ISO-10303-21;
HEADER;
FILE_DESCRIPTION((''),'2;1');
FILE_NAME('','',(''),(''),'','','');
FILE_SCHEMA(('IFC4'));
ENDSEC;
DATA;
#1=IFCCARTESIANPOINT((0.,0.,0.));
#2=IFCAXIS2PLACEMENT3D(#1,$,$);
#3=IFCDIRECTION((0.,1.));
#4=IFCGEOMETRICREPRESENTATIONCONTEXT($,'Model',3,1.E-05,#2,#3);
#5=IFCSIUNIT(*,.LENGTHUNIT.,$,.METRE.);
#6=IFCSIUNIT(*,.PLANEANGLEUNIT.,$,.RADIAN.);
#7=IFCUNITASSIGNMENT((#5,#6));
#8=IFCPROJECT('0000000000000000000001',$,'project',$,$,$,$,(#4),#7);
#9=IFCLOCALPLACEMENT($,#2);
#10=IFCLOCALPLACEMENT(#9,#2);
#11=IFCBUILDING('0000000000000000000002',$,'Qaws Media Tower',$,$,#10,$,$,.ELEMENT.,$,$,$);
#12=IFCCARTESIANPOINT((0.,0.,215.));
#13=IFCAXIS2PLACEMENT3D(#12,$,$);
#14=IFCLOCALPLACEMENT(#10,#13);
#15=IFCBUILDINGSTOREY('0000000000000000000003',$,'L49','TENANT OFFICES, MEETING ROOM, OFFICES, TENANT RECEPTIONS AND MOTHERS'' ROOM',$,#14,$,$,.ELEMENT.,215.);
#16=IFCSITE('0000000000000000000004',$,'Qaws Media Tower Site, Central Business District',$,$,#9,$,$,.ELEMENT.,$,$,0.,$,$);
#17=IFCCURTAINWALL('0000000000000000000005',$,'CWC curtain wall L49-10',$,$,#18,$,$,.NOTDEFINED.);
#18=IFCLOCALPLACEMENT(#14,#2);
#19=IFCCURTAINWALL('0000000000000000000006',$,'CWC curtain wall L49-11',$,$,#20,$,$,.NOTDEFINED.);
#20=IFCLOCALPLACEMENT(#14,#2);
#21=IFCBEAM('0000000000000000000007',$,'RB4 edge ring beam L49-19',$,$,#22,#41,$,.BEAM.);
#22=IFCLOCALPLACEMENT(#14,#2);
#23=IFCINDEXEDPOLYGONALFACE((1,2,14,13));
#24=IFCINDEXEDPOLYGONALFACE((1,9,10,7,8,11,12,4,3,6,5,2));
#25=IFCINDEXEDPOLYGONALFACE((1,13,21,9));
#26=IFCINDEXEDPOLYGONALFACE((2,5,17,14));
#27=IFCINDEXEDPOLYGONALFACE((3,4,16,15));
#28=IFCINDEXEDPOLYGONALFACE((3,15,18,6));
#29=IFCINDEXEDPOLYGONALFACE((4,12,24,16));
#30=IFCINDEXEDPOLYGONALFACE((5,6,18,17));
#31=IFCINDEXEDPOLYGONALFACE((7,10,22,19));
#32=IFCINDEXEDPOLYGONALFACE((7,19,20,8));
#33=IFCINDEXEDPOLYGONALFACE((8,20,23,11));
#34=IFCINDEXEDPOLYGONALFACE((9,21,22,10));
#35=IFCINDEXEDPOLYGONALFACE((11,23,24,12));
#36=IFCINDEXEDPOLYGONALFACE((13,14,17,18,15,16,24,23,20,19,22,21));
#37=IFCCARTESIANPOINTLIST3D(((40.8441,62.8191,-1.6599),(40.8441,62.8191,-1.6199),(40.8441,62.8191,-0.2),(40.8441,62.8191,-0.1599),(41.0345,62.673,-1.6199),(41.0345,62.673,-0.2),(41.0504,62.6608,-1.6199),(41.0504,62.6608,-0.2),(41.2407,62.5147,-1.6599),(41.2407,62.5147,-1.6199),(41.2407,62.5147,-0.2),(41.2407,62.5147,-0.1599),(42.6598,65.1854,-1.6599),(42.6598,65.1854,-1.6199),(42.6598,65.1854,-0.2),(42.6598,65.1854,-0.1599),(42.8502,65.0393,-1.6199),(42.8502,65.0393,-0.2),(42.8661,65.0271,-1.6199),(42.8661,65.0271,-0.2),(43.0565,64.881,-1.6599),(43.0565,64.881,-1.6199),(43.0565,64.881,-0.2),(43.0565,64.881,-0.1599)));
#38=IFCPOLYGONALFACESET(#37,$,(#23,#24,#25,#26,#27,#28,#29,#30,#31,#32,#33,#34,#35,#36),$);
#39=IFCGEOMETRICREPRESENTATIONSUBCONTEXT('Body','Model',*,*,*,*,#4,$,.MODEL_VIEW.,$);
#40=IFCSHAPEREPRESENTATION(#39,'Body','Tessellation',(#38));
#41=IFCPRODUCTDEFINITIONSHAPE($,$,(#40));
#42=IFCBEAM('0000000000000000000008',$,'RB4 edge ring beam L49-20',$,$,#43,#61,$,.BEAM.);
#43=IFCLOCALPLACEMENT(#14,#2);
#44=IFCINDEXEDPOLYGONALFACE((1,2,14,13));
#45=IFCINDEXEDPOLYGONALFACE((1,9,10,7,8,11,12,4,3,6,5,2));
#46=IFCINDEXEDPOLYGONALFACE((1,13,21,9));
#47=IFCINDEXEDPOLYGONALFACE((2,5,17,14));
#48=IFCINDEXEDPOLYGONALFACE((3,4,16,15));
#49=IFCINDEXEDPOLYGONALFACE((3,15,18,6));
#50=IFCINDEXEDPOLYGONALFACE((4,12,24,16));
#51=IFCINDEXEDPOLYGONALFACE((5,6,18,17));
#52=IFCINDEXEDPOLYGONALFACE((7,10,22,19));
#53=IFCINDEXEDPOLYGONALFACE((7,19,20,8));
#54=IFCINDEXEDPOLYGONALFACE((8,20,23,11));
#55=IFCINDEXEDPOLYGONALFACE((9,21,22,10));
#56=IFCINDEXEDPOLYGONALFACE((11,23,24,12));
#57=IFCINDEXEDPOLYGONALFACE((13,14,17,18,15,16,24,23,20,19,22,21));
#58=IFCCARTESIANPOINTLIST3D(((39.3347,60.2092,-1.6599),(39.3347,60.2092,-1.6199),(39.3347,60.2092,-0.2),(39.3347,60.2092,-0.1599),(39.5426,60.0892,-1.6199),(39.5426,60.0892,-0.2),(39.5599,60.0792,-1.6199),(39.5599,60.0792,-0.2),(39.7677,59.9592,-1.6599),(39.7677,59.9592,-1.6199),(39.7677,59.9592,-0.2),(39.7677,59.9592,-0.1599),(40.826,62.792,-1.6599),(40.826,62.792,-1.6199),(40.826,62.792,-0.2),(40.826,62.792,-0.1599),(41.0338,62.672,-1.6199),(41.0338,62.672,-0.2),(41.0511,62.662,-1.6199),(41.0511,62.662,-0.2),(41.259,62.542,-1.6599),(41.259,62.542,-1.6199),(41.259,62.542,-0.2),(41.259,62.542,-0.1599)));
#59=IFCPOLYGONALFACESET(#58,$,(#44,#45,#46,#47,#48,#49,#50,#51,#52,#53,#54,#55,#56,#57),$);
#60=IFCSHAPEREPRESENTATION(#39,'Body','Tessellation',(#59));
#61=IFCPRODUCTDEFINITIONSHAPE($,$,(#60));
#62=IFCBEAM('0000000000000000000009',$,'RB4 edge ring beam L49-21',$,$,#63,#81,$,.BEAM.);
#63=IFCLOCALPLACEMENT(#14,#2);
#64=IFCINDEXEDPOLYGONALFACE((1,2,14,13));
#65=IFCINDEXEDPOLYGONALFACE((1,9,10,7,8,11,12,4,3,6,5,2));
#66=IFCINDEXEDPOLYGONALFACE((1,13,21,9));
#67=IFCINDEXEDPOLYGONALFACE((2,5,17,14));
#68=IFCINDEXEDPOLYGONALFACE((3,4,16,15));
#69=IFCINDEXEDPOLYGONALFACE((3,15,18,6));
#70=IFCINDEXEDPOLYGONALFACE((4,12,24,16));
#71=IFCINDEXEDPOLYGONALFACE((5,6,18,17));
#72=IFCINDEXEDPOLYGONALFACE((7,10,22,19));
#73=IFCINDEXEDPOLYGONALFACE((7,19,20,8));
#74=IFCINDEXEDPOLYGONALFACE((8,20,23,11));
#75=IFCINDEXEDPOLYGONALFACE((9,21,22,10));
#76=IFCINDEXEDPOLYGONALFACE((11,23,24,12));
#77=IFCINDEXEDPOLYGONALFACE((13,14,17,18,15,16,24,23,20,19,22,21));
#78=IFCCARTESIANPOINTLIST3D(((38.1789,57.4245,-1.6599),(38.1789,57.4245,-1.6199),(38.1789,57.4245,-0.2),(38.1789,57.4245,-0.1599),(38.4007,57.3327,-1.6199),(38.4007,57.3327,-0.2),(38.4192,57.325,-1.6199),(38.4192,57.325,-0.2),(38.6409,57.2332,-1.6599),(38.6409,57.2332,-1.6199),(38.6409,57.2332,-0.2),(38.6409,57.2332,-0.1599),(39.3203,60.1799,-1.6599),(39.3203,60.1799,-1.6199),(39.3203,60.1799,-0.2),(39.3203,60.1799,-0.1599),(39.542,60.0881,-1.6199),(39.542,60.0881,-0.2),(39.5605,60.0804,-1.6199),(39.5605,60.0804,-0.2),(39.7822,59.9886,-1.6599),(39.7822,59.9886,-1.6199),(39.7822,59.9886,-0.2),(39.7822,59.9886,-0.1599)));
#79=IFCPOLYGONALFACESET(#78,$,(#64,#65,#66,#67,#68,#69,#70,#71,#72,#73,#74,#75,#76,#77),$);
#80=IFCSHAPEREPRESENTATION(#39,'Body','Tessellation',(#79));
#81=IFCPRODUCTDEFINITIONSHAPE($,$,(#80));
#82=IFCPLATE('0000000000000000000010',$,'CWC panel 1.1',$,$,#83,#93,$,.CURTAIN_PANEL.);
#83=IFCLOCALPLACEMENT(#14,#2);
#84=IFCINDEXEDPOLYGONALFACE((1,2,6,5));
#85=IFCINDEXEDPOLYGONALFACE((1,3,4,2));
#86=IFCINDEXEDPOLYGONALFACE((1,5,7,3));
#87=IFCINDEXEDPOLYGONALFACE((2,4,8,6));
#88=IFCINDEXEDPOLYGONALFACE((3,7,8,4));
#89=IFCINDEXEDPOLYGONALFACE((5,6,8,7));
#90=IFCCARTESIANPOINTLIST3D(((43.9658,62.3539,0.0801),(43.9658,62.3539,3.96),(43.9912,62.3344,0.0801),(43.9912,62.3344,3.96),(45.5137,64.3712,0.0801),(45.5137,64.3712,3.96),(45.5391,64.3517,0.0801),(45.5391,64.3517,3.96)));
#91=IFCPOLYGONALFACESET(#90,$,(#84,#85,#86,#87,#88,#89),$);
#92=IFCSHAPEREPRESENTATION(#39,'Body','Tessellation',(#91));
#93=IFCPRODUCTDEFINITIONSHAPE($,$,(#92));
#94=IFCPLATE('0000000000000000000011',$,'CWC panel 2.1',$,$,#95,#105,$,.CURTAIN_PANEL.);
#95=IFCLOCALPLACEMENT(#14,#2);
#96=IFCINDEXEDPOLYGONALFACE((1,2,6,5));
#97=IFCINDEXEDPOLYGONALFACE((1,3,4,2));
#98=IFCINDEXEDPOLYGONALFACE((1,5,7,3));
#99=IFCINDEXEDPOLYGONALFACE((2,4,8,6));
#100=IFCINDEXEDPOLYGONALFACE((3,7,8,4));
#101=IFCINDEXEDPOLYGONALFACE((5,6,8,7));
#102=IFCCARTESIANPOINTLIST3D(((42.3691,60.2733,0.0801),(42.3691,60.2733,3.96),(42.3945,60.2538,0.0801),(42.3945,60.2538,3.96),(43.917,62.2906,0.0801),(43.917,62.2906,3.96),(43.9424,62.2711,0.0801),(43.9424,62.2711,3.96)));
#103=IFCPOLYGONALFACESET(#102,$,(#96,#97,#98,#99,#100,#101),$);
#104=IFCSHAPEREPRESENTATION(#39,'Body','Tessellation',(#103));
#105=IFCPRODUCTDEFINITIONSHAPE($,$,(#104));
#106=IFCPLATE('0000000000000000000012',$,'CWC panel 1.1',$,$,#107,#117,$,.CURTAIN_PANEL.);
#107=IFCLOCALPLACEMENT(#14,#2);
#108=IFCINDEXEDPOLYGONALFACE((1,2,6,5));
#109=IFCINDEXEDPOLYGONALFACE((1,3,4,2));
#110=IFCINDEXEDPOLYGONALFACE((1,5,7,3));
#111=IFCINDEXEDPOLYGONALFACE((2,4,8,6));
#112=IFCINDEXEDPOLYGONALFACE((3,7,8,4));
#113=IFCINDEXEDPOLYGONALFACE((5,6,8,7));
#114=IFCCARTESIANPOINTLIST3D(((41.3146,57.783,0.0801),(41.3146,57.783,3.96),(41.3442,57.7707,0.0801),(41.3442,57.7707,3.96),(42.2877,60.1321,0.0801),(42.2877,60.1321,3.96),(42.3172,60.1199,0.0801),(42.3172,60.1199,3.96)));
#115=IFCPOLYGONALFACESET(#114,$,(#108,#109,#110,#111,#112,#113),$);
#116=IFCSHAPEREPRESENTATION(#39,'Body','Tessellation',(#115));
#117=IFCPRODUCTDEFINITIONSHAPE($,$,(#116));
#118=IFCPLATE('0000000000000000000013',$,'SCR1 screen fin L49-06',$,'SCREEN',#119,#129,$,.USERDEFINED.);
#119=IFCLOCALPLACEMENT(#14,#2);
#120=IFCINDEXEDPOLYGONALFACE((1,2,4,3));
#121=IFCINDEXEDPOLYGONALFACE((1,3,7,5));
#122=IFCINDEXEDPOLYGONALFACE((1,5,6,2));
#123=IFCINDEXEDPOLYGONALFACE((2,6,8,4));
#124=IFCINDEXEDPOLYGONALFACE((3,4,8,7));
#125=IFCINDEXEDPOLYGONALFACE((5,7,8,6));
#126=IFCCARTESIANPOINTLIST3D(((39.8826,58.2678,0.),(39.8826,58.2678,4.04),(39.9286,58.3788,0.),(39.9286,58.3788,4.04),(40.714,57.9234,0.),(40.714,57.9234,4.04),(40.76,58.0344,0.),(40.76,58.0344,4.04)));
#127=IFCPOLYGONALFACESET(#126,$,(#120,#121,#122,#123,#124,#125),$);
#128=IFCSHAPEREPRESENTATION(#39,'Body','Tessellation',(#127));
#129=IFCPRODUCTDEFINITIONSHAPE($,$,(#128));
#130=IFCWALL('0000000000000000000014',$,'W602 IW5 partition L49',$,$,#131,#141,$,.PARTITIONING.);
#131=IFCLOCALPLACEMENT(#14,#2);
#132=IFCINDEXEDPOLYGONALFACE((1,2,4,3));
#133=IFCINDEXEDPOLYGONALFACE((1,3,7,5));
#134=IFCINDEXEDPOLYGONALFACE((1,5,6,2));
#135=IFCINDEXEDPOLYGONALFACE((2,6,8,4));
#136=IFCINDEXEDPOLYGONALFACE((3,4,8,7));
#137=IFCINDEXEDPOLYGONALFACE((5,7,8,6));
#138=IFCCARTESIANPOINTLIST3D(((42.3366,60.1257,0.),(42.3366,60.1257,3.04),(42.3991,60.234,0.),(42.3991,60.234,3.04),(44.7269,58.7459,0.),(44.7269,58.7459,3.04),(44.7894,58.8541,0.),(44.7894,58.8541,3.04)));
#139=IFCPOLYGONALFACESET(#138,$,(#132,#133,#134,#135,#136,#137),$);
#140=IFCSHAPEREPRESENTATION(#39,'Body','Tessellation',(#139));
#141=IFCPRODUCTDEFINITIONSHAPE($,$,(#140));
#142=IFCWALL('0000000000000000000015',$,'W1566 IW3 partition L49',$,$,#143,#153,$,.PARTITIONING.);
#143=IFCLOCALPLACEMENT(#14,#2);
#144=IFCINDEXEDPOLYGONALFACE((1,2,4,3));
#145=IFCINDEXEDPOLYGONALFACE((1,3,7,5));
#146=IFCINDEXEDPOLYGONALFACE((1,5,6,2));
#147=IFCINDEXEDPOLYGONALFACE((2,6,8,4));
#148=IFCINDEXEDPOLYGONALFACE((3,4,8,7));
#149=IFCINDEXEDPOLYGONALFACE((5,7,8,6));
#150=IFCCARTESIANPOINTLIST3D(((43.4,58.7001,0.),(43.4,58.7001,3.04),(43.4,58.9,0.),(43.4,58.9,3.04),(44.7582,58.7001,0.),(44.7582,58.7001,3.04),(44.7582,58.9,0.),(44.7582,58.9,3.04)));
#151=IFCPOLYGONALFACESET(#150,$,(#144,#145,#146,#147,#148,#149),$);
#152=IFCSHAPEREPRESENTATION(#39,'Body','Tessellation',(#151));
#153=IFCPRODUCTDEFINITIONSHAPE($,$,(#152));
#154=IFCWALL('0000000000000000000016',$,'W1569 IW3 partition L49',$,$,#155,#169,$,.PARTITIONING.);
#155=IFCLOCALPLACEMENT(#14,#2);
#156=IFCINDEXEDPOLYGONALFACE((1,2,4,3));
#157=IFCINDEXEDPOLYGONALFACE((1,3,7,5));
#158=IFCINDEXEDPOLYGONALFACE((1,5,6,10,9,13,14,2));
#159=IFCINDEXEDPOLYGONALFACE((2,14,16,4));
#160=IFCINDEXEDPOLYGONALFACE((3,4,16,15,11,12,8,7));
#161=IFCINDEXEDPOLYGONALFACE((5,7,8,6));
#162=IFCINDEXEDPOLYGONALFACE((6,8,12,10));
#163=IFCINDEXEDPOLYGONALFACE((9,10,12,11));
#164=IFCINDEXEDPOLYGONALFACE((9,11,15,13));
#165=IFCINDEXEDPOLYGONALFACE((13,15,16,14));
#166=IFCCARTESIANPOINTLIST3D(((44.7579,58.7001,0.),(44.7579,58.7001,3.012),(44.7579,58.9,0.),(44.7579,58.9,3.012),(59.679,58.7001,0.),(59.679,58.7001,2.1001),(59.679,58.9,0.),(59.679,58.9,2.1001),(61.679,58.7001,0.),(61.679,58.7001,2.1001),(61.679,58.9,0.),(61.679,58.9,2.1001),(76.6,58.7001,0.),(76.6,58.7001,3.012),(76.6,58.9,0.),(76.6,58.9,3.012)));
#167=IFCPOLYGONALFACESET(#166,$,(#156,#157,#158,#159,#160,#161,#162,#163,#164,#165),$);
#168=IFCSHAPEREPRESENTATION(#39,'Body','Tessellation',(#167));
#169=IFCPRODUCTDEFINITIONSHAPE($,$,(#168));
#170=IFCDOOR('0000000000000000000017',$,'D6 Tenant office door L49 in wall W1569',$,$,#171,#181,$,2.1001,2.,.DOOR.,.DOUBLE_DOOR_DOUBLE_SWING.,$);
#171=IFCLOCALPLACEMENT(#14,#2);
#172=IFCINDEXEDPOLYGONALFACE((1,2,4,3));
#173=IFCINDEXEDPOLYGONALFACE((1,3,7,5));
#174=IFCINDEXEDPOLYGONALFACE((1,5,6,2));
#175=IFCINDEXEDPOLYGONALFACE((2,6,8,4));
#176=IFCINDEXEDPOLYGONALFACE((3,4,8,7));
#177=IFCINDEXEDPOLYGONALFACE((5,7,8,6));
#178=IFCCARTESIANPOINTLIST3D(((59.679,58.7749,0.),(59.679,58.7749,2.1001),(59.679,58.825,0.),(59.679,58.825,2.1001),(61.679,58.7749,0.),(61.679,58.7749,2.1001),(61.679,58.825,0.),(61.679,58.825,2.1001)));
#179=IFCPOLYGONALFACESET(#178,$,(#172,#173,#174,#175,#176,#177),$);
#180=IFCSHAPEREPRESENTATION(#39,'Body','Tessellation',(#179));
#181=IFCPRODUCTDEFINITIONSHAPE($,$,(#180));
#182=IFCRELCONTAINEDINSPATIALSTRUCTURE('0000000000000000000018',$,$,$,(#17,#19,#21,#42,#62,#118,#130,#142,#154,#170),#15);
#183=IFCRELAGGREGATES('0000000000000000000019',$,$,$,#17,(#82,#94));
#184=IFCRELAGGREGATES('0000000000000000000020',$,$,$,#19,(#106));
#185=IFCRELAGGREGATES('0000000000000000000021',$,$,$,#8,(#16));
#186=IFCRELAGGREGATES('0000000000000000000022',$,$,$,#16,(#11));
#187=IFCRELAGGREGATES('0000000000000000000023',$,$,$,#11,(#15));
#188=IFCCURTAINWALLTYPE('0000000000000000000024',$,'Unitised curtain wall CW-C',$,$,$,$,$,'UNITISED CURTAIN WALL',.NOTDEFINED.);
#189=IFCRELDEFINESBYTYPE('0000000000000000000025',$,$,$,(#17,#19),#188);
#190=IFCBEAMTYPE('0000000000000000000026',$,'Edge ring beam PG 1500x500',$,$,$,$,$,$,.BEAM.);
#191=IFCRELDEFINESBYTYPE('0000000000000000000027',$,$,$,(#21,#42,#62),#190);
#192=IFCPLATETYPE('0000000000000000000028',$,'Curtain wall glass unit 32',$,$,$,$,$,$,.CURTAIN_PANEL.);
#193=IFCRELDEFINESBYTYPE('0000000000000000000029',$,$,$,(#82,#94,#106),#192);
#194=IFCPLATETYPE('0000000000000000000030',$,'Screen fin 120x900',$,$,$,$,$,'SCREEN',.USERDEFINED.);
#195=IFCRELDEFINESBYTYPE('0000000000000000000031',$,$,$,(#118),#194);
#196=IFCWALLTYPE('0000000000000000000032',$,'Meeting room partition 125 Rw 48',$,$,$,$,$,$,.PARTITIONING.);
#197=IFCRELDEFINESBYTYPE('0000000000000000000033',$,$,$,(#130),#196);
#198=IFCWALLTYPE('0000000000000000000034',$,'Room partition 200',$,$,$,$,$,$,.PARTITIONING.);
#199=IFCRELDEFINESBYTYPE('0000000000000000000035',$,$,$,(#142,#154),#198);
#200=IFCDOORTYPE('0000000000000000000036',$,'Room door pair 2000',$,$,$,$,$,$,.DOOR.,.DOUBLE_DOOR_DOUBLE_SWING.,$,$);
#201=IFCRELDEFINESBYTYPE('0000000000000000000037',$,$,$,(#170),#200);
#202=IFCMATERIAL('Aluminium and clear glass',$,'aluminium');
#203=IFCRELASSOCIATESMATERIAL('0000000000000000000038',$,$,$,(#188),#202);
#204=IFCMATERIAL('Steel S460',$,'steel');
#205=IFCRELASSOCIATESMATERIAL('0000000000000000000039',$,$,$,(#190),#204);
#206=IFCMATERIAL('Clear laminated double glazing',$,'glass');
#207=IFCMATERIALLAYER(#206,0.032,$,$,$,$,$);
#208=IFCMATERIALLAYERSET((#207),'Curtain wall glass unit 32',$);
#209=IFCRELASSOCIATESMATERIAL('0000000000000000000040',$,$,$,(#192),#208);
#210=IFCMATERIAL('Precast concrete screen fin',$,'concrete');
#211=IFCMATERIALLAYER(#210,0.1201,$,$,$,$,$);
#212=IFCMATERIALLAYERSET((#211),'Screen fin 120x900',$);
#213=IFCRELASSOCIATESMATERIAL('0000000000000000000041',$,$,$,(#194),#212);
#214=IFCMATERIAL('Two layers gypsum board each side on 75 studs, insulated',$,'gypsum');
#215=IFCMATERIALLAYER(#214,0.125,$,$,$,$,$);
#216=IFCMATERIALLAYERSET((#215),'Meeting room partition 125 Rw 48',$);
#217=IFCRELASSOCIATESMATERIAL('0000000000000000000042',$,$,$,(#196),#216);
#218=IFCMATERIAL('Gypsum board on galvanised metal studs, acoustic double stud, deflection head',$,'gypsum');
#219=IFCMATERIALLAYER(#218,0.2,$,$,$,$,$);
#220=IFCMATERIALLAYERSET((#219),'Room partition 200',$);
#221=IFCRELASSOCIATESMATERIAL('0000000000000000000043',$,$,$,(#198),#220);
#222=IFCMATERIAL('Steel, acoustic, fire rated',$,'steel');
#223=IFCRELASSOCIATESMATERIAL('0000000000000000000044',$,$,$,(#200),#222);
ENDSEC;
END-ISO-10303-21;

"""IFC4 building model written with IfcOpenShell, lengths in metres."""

from ifc_helpers import new_model, si_unit, direction, frame, frame_2d, origin, origin_2d, place, context, subcontext, project, spatial, rectangle, i_section, extrude, material, layer, layer_set, material_profile, profile_set, type_object, element, fill, aggregate, save


model = new_model("IFC4")

# Units and contexts
model_context = context("Model", 3, precision=1e-05, world=origin(), true_north=direction((0.0, 1.0)))
body_context = subcontext(model_context, "Body", "Model", "MODEL_VIEW")
ifc_project = project(units=[si_unit("LENGTHUNIT", "METRE"), si_unit("PLANEANGLEUNIT", "RADIAN")], contexts=[model_context])

# Site, building, storey
site_placement = place(None, origin())
site = spatial("IfcSite", under=ifc_project, at=site_placement, Name="Qaws Media Tower Site, Central Business District", CompositionType="ELEMENT", RefElevation=0.0)
building_placement = place(site_placement, origin())
building = spatial("IfcBuilding", under=site, at=building_placement, Name="Qaws Media Tower", CompositionType="ELEMENT")
storey_placement = place(building_placement, frame((0.0, 0.0, 215.0)))
storey = spatial("IfcBuildingStorey", under=building, at=storey_placement, Name="L49", Description="TENANT OFFICES, MEETING ROOM, OFFICES, TENANT RECEPTIONS AND MOTHERS' ROOM", CompositionType="ELEMENT", Elevation=215.0)

# Shared definitions
ifc_material_1 = material(Name="Aluminium and clear glass", Category="aluminium")
curtain_wall_type = type_object("IfcCurtainWallType", Name="Unitised curtain wall CW-C", ElementType="UNITISED CURTAIN WALL", PredefinedType="NOTDEFINED", material=ifc_material_1)

# Curtain walls
curtain_wall_1_placement = place(storey_placement, origin())
curtain_wall_1 = element("IfcCurtainWall", 1, at=curtain_wall_1_placement, inside=storey, type_object=curtain_wall_type, Name="CWC curtain wall L49-10", PredefinedType="NOTDEFINED")
curtain_wall_2_placement = place(storey_placement, origin())
curtain_wall_2 = element("IfcCurtainWall", 2, at=curtain_wall_2_placement, inside=storey, type_object=curtain_wall_type, Name="CWC curtain wall L49-11", PredefinedType="NOTDEFINED")

# Beams
ifc_material_2 = material(Name="Steel S460", Category="steel")
ifc_material_profile_1 = material_profile(ifc_material_2, i_section(OverallWidth=0.5, OverallDepth=1.5, WebThickness=0.02, FlangeThickness=0.04, at=origin_2d()), Name="PG 1500x500")
ifc_profile_set_1 = profile_set([ifc_material_profile_1], Name="Steel S460")
beam_type = type_object("IfcBeamType", Name="Edge ring beam PG 1500x500", PredefinedType="BEAM", material=ifc_profile_set_1)
beam_1_placement = place(storey_placement, frame((42.8582, 65.0332, -0.9099), z_axis=(-0.608765, -0.793351, 0.0), x_axis=(0.793351, -0.608765, 0.0)))
element("IfcBeam", 3, at=beam_1_placement, inside=storey, type_object=beam_type, Name="RB4 edge ring beam L49-19", PredefinedType="BEAM", context=body_context, shape_type="SweptSolid", body=[
    extrude(i_section(OverallWidth=0.5, OverallDepth=1.5, WebThickness=0.02, FlangeThickness=0.04, at=origin_2d()), origin(), (0.0, 0.0, 1.0), 2.9827),
])
for number, where, z_axis, x_axis, name in (
    (4, (41.0425, 62.667, -0.9099), (-0.500013, -0.866018, 0.0), (0.866018, -0.500013, 0.0), "RB4 edge ring beam L49-20"),
    (5, (39.5513, 60.0842, -0.9099), (-0.382696, -0.923874, 0.0), (0.923874, -0.382696, 0.0), "RB4 edge ring beam L49-21"),
):
    element("IfcBeam", number, at=place(storey_placement, frame(where, z_axis=z_axis, x_axis=x_axis)), inside=storey, type_object=beam_type, Name=name, PredefinedType="BEAM", context=body_context, shape_type="SweptSolid", body=[
        extrude(i_section(OverallWidth=0.5, OverallDepth=1.5, WebThickness=0.02, FlangeThickness=0.04, at=origin_2d()), origin(), (0.0, 0.0, 1.0), 2.9824),
    ])

# Plates
ifc_material_3 = material(Name="Clear laminated double glazing", Category="glass")
ifc_layer_1 = layer(ifc_material_3, 0.032)
ifc_layer_set_1 = layer_set([ifc_layer_1], Name="Curtain wall glass unit 32")
plate_type_1 = type_object("IfcPlateType", Name="Curtain wall glass unit 32", PredefinedType="CURTAIN_PANEL", material=ifc_layer_set_1)
plate_1_placement = place(storey_placement, frame((44.7524, 63.3528, 0.0801), z_axis=(0.0, 0.0, 1.0), x_axis=(-0.608761, -0.793353, 0.0)))
plate_1 = element("IfcPlate", 6, at=plate_1_placement, type_object=plate_type_1, Name="CWC panel 1.1", PredefinedType="CURTAIN_PANEL", context=body_context, shape_type="SweptSolid", body=[
    extrude(rectangle(XDim=2.5427, YDim=0.032, at=origin_2d()), origin(), (0.0, 0.0, 1.0), 3.8799),
])
plate_2_placement = place(storey_placement, frame((43.1558, 61.2722, 0.0801), z_axis=(0.0, 0.0, 1.0), x_axis=(-0.608761, -0.793353, 0.0)))
plate_2 = element("IfcPlate", 7, at=plate_2_placement, type_object=plate_type_1, Name="CWC panel 2.1", PredefinedType="CURTAIN_PANEL", context=body_context, shape_type="SweptSolid", body=[
    extrude(rectangle(XDim=2.5427, YDim=0.032, at=origin_2d()), origin(), (0.0, 0.0, 1.0), 3.8799),
])
aggregate(curtain_wall_1, [plate_1, plate_2])
plate_3_placement = place(storey_placement, frame((41.8159, 58.9514, 0.0801), z_axis=(0.0, 0.0, 1.0), x_axis=(-0.382684, -0.923879, 0.0)))
plate_3 = element("IfcPlate", 8, at=plate_3_placement, type_object=plate_type_1, Name="CWC panel 1.1", PredefinedType="CURTAIN_PANEL", context=body_context, shape_type="SweptSolid", body=[
    extrude(rectangle(XDim=2.5427, YDim=0.032, at=origin_2d()), origin(), (0.0, 0.0, 1.0), 3.8799),
])
aggregate(curtain_wall_2, [plate_3])
ifc_material_4 = material(Name="Precast concrete screen fin", Category="concrete")
ifc_layer_2 = layer(ifc_material_4, 0.1201)
ifc_layer_set_2 = layer_set([ifc_layer_2], Name="Screen fin 120x900")
plate_type_2 = type_object("IfcPlateType", Name="Screen fin 120x900", ElementType="SCREEN", PredefinedType="USERDEFINED", material=ifc_layer_set_2)
plate_4_placement = place(storey_placement, frame((40.3213, 58.1511, 0.0), z_axis=(0.0, 0.0, 1.0), x_axis=(-0.92388, 0.382683, 0.0)))
element("IfcPlate", 9, at=plate_4_placement, inside=storey, type_object=plate_type_2, Name="SCR1 screen fin L49-06", ObjectType="SCREEN", PredefinedType="USERDEFINED", context=body_context, shape_type="SweptSolid", body=[
    extrude(rectangle(XDim=0.8999, YDim=0.1201, at=origin_2d()), origin(), (0.0, 0.0, 1.0), 4.04),
])

# Walls
ifc_material_5 = material(Name="Two layers gypsum board each side on 75 studs, insulated", Category="gypsum")
ifc_layer_3 = layer(ifc_material_5, 0.125)
ifc_layer_set_3 = layer_set([ifc_layer_3], Name="Meeting room partition 125 Rw 48")
wall_type_1 = type_object("IfcWallType", Name="Meeting room partition 125 Rw 48", PredefinedType="PARTITIONING", material=ifc_layer_set_3)
wall_1_placement = place(storey_placement, frame((44.7581, 58.8, 0.0), z_axis=(0.0, 0.0, 1.0), x_axis=(-0.866057, 0.499945, 0.0)))
element("IfcWall", 10, at=wall_1_placement, inside=storey, type_object=wall_type_1, Name="W602 IW5 partition L49", PredefinedType="PARTITIONING", context=body_context, shape_type="SweptSolid", body=[
    extrude(rectangle(XDim=2.76, YDim=0.125, at=frame_2d((1.3799, 0.0))), origin(), (0.0, 0.0, 1.0), 3.04),
])
ifc_material_6 = material(Name="Gypsum board on galvanised metal studs, acoustic double stud, deflection head", Category="gypsum")
ifc_layer_4 = layer(ifc_material_6, 0.2)
ifc_layer_set_4 = layer_set([ifc_layer_4], Name="Room partition 200")
wall_type_2 = type_object("IfcWallType", Name="Room partition 200", PredefinedType="PARTITIONING", material=ifc_layer_set_4)
wall_2_placement = place(storey_placement, frame((43.3999, 58.8, 0.0), z_axis=(0.0, 0.0, 1.0), x_axis=(1.0, 0.0, 0.0)))
element("IfcWall", 11, at=wall_2_placement, inside=storey, type_object=wall_type_2, Name="W1566 IW3 partition L49", PredefinedType="PARTITIONING", context=body_context, shape_type="SweptSolid", body=[
    extrude(rectangle(XDim=1.3582, YDim=0.2, at=frame_2d((0.6792, 0.0))), origin(), (0.0, 0.0, 1.0), 3.04),
])

# Wall, opening, door
wall_3_placement = place(storey_placement, frame((44.7581, 58.8, 0.0), z_axis=(0.0, 0.0, 1.0), x_axis=(1.0, 0.0, 0.0)))
wall_3 = element("IfcWall", 12, at=wall_3_placement, inside=storey, type_object=wall_type_2, Name="W1569 IW3 partition L49", PredefinedType="PARTITIONING", context=body_context, shape_type="SweptSolid", body=[
    extrude(rectangle(XDim=31.842, YDim=0.2, at=frame_2d((15.9209, 0.0))), origin(), (0.0, 0.0, 1.0), 3.012),
])
opening_placement = place(wall_3_placement, frame((14.9209, 0.0, 0.0)))
opening = element("IfcOpeningElement", 13, at=opening_placement, cuts=wall_3, PredefinedType="OPENING", context=body_context, shape_type="SweptSolid", body=[
    extrude(rectangle(XDim=2.0, YDim=2.1001, at=frame_2d((1.0, 1.05))), frame((0.0, 0.1099, 0.0), z_axis=(0.0, -1.0, 0.0), x_axis=(1.0, 0.0, 0.0)), (0.0, 0.0, 1.0), 0.22),
])
ifc_material_7 = material(Name="Steel, acoustic, fire rated", Category="steel")
door_type = type_object("IfcDoorType", Name="Room door pair 2000", OperationType="DOUBLE_DOOR_DOUBLE_SWING", PredefinedType="DOOR", material=ifc_material_7)
door_placement = place(opening_placement, origin())
door = element("IfcDoor", 14, at=door_placement, inside=storey, type_object=door_type, Name="D6 Tenant office door L49 in wall W1569", OperationType="DOUBLE_DOOR_DOUBLE_SWING", OverallHeight=2.1001, OverallWidth=2.0, PredefinedType="DOOR", context=body_context, shape_type="SweptSolid", body=[
    extrude(rectangle(XDim=2.0, YDim=2.1001, at=frame_2d((1.0, 1.05))), frame((0.0, 0.0249, 0.0), z_axis=(0.0, -1.0, 0.0), x_axis=(1.0, 0.0, 0.0)), (0.0, 0.0, 1.0), 0.05),
])
fill(opening, door)

save(model, "model.ifc")
